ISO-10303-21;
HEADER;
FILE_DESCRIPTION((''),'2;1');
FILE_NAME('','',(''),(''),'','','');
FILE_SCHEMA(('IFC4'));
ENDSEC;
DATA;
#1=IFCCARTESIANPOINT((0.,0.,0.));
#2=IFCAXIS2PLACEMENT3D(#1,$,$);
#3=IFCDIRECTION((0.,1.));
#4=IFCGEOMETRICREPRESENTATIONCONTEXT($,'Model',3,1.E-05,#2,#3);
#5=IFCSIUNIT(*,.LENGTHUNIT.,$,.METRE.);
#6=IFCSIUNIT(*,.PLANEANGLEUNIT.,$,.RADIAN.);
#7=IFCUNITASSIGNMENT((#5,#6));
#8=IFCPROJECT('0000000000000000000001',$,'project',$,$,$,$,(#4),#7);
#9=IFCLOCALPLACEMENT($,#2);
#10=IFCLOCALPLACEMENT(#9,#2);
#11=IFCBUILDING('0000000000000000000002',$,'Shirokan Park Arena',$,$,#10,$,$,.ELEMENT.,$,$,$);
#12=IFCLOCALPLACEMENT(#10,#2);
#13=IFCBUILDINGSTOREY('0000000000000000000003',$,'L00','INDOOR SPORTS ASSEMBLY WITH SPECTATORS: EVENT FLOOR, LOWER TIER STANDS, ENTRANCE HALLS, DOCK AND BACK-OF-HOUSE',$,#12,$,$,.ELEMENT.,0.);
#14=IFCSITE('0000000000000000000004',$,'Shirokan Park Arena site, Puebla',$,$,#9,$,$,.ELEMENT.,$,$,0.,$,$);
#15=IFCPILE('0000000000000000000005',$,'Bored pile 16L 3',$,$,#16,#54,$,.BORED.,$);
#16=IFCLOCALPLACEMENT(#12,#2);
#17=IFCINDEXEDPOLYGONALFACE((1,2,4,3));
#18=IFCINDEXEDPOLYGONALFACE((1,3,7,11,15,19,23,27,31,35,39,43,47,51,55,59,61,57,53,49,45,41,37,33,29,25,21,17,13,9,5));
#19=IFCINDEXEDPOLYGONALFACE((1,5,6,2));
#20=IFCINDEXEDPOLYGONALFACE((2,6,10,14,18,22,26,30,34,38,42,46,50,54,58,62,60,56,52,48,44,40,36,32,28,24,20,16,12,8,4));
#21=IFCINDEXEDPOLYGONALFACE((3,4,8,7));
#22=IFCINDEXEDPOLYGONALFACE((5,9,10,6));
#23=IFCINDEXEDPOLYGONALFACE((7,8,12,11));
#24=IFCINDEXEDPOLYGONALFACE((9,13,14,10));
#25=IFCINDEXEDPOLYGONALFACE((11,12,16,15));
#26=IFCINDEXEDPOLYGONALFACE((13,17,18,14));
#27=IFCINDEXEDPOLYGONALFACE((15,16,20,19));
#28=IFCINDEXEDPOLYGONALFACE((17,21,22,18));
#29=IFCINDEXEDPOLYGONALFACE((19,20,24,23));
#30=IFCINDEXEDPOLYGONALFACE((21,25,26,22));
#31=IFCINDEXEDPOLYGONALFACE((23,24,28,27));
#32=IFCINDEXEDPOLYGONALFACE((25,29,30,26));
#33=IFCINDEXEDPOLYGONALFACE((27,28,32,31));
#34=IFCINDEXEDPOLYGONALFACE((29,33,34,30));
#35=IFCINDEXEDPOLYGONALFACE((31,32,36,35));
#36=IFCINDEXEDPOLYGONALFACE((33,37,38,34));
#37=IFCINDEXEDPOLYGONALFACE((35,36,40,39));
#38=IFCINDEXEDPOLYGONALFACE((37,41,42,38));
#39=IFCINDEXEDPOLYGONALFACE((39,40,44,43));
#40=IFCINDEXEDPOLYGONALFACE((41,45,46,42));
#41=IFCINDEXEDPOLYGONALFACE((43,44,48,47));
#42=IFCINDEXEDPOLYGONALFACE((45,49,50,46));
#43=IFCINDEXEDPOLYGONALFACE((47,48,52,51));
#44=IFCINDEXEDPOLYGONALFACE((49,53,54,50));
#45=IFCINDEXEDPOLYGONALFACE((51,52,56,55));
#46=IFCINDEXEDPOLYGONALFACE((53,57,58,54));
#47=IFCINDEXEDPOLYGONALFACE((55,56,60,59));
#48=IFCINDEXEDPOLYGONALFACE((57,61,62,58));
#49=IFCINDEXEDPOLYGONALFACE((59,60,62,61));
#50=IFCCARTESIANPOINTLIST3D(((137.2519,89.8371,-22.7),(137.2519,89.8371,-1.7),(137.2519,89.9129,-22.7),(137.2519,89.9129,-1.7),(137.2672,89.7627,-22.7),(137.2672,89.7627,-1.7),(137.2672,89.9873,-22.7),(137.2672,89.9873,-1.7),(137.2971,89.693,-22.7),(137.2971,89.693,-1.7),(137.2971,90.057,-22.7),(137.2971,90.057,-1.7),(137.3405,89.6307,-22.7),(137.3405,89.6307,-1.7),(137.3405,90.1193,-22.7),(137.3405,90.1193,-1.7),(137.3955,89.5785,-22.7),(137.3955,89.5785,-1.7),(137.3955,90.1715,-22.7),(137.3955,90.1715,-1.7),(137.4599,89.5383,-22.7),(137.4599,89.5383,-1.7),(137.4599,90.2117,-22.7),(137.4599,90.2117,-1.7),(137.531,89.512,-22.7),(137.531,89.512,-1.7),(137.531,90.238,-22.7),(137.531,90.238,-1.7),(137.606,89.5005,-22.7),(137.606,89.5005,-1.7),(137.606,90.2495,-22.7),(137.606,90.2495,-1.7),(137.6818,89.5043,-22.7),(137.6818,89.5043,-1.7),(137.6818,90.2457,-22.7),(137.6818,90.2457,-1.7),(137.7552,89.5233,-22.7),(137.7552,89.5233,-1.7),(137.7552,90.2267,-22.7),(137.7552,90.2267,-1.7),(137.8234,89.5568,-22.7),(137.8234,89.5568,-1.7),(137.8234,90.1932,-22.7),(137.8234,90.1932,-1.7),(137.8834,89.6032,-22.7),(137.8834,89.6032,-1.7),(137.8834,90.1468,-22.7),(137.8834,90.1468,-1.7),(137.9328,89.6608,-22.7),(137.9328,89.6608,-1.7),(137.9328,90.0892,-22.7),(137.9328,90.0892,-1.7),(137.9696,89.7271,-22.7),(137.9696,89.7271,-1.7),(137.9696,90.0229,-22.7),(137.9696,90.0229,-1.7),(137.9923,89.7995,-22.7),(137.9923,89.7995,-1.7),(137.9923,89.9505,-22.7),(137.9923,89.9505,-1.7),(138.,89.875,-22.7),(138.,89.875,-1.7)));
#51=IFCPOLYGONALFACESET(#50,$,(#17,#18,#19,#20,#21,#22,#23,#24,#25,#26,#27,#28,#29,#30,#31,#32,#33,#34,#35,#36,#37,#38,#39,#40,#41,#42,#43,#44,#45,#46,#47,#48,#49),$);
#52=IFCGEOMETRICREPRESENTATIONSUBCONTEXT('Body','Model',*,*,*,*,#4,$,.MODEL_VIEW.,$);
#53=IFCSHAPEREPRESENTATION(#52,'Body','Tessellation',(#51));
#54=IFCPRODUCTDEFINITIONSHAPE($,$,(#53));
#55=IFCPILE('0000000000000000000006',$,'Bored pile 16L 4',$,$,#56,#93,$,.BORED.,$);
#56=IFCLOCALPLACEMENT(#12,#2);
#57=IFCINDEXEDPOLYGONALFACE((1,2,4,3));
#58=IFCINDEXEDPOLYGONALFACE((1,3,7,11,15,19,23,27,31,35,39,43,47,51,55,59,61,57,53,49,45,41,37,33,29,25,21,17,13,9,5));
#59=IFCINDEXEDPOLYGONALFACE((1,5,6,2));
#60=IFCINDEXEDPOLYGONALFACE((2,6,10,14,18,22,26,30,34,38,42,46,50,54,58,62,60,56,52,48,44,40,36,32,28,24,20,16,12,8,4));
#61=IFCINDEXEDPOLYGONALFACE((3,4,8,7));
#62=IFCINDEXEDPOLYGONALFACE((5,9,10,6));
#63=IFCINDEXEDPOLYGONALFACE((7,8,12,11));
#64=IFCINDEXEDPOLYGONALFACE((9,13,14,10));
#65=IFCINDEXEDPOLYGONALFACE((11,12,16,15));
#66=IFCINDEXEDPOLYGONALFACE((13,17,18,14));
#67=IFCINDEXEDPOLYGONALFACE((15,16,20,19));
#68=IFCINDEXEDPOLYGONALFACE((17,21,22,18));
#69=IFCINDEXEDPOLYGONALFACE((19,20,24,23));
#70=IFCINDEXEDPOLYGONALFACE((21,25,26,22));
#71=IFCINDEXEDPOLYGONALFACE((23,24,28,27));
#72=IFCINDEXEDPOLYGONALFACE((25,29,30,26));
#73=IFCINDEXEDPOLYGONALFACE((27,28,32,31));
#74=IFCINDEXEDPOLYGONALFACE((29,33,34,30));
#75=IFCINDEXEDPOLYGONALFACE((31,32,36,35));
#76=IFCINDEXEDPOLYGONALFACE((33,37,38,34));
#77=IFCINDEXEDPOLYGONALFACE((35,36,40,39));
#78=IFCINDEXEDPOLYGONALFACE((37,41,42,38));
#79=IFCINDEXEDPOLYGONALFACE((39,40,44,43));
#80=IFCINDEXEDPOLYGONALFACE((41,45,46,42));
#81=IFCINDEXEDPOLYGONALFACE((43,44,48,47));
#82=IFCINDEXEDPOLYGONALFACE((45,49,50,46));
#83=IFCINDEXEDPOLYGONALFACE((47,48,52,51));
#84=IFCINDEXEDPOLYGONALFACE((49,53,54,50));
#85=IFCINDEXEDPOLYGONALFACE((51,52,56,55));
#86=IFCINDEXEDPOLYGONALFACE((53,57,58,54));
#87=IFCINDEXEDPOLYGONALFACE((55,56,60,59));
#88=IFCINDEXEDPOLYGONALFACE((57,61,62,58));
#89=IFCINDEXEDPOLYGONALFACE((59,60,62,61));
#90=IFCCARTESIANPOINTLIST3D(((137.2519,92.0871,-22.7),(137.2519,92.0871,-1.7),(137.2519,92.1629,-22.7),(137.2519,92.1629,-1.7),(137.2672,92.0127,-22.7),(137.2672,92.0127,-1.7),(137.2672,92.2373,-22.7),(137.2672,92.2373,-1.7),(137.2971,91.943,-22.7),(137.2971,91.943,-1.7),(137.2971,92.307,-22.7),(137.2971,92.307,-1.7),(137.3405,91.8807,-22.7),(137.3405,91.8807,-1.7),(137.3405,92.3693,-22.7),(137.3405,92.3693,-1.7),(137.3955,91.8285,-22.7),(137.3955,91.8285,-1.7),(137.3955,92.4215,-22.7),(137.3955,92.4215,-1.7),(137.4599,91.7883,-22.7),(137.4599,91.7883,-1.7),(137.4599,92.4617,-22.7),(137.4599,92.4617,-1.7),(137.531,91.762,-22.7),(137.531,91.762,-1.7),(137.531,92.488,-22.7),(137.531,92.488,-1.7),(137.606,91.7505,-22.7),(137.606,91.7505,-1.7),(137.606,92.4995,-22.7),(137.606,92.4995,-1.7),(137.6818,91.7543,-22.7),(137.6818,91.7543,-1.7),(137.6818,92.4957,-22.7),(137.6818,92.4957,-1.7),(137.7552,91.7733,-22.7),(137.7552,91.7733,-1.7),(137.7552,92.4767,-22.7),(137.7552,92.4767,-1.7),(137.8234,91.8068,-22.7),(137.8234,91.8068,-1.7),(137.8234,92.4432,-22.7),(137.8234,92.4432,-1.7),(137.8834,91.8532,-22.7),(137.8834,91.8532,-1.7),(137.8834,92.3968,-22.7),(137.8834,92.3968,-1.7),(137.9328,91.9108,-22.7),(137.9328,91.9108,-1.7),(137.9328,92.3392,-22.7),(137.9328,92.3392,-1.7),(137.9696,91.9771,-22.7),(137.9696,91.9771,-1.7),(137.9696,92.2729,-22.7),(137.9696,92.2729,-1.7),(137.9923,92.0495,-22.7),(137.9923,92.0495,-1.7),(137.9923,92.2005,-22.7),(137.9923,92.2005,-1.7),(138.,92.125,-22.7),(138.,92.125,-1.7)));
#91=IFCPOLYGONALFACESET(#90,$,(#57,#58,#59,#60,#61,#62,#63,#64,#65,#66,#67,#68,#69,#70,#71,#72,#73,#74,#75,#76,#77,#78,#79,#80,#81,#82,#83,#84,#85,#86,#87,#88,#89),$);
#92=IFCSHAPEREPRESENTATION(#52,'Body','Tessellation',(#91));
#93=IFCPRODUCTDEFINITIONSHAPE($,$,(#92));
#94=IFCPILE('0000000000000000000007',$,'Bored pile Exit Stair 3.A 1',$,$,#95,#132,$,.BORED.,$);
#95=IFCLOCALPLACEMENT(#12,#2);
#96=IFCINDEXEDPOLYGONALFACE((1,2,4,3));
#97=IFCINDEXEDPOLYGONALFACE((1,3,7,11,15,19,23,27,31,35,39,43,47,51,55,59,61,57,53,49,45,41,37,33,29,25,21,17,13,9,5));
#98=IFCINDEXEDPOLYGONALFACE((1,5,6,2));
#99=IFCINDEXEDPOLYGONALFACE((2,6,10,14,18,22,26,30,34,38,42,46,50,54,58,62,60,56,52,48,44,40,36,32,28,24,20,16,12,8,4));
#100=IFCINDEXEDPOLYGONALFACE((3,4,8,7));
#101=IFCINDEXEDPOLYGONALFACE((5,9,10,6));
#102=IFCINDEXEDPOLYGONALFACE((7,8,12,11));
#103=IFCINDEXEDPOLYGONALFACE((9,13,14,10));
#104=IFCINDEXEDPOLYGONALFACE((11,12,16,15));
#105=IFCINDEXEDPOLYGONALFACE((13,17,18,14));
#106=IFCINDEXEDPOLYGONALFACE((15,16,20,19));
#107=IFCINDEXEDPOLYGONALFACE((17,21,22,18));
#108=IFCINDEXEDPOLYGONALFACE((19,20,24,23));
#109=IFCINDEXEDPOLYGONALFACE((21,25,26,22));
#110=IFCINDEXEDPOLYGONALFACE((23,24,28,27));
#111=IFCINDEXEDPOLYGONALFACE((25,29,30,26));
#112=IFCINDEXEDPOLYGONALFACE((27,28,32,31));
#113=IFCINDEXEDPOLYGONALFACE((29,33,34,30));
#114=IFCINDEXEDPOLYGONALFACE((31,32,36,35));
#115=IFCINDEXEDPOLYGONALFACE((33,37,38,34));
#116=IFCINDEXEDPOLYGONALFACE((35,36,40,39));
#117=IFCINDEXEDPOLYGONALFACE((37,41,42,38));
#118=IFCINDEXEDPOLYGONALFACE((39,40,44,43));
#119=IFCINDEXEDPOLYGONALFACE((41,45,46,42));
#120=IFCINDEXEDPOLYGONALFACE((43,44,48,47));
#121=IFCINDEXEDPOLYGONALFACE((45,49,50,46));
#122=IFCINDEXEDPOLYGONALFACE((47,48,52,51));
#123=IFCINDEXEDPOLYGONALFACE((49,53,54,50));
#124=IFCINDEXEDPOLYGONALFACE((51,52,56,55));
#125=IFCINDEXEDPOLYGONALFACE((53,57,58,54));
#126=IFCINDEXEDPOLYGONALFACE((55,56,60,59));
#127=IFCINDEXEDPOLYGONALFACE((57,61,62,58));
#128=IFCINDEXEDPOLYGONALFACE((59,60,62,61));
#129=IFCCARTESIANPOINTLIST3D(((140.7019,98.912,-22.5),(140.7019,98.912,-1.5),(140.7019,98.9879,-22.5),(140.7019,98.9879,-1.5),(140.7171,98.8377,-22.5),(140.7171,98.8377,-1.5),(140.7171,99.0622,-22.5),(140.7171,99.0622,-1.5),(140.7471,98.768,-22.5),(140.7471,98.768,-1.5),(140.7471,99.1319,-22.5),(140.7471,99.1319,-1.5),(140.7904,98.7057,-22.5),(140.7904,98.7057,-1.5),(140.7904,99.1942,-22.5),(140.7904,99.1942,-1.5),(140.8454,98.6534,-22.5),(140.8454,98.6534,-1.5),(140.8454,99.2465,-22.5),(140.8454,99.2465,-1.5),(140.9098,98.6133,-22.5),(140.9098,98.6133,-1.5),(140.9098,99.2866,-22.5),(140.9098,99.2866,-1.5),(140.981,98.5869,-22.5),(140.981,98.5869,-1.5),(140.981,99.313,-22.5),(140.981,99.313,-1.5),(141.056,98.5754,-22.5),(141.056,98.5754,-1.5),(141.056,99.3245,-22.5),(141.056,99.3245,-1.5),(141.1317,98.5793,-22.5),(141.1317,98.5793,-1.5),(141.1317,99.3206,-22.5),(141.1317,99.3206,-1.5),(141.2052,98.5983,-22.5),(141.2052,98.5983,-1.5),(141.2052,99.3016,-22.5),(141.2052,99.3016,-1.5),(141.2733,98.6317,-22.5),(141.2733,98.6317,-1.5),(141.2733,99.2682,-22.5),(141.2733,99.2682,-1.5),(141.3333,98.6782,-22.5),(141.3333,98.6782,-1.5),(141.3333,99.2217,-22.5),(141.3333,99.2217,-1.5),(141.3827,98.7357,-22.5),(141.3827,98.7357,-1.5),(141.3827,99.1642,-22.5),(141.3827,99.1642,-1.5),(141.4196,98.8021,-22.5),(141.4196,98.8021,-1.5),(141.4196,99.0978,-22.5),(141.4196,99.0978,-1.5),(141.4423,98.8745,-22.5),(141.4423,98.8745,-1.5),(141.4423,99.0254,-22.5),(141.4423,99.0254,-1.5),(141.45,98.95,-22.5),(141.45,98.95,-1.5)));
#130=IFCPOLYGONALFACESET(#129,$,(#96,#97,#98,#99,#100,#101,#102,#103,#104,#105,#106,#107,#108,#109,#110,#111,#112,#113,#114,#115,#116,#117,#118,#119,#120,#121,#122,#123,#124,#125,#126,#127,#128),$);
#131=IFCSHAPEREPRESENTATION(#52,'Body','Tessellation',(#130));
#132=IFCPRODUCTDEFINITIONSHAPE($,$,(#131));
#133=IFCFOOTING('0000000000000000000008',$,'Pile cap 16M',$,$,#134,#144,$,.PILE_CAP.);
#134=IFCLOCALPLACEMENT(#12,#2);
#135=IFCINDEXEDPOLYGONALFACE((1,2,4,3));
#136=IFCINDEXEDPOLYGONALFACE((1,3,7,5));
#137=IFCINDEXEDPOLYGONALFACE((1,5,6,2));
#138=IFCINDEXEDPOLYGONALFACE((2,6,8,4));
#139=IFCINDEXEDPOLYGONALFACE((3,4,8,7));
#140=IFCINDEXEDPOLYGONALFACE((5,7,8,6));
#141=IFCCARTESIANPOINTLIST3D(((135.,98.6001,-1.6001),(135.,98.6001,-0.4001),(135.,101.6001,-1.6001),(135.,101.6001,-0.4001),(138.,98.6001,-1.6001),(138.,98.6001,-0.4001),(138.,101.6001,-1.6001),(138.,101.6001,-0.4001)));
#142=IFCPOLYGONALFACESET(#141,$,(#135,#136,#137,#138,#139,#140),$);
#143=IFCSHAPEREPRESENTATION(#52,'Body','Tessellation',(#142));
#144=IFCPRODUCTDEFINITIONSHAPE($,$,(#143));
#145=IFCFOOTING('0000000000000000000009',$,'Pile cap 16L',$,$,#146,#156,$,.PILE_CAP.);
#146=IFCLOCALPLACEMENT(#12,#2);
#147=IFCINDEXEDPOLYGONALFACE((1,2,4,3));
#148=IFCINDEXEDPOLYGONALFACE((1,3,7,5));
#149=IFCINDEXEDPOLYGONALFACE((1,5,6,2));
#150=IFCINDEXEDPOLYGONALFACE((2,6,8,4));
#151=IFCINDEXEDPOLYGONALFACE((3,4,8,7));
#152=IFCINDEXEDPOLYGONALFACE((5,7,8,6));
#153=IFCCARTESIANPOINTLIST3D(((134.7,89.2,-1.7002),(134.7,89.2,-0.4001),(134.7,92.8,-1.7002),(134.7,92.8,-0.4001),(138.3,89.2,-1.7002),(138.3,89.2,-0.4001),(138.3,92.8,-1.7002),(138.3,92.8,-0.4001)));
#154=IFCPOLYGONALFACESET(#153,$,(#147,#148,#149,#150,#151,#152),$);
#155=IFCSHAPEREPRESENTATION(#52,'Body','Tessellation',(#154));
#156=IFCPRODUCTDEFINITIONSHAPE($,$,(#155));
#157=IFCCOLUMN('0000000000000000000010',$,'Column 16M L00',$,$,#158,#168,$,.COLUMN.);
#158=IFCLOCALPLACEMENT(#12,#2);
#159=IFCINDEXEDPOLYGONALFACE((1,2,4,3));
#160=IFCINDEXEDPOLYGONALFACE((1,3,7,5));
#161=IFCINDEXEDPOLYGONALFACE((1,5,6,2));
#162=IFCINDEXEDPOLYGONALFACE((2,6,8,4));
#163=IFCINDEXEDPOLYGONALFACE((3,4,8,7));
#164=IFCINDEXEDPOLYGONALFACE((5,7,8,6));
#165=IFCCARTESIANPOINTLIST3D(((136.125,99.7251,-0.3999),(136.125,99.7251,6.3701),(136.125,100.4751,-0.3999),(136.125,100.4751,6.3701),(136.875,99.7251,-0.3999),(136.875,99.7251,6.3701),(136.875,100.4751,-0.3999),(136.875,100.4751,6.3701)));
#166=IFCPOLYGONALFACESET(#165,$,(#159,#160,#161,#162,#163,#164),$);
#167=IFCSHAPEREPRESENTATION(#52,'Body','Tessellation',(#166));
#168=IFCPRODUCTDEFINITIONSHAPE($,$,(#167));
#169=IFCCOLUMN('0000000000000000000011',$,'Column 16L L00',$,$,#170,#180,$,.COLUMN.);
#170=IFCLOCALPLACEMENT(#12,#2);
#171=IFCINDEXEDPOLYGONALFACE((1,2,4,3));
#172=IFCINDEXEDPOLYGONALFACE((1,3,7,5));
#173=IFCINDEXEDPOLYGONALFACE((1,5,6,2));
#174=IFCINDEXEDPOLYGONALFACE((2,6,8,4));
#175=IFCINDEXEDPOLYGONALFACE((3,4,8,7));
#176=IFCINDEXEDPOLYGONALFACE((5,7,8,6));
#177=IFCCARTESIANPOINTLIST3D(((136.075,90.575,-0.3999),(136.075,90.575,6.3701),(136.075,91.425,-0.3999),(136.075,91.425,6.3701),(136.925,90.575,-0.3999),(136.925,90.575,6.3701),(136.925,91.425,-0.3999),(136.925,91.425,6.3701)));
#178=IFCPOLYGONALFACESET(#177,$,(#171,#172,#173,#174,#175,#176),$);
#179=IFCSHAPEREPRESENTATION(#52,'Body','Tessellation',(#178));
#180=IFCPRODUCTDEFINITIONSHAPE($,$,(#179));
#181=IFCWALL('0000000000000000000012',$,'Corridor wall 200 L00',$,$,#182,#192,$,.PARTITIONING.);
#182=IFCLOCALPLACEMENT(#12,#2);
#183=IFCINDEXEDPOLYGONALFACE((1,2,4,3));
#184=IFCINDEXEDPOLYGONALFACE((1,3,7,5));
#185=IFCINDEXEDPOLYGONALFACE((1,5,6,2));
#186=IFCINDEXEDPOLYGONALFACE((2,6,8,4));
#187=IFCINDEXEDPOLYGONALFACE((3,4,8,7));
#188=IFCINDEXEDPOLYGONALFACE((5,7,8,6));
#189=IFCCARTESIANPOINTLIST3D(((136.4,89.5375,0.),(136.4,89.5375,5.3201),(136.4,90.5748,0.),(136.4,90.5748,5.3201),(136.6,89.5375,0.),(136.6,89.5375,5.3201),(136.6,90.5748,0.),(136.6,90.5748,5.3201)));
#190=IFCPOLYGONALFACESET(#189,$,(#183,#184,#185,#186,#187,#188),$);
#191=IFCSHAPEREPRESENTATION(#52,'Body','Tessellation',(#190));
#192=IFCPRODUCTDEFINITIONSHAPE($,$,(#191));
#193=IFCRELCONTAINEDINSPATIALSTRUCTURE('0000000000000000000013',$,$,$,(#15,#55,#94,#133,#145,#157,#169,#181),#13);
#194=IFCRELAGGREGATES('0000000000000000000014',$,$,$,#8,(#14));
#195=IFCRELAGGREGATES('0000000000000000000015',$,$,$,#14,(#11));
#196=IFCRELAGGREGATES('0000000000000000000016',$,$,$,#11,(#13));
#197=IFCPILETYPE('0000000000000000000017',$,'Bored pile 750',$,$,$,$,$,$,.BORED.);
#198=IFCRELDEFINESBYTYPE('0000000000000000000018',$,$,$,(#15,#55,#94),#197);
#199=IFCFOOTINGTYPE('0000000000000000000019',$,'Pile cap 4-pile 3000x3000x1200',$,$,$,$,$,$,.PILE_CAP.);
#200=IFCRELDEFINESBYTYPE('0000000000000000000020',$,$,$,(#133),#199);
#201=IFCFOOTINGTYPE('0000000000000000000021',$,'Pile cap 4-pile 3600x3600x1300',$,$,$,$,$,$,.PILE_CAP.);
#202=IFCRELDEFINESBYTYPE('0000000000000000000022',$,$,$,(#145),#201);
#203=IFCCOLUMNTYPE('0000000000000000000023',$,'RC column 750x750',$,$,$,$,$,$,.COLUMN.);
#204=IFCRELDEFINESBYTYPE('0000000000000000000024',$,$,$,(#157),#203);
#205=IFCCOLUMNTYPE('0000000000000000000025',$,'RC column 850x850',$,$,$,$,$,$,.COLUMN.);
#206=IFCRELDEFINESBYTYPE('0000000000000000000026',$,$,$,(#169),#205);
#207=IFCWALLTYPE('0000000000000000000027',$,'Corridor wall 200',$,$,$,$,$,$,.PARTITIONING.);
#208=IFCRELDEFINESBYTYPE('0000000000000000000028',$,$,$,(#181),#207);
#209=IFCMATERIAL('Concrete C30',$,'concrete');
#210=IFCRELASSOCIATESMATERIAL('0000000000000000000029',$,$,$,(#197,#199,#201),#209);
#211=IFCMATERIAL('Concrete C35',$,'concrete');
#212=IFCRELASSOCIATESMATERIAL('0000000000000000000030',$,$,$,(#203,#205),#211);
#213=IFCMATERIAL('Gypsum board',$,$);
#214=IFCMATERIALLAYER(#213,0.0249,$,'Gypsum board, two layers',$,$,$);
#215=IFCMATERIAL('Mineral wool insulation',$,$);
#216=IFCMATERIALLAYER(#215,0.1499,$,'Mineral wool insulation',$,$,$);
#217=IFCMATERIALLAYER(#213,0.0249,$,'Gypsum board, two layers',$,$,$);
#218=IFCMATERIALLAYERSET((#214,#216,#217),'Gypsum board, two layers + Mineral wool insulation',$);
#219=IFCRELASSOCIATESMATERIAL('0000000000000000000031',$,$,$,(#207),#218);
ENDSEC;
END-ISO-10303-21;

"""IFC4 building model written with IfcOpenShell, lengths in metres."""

from ifc_helpers import new_model, si_unit, direction, frame, frame_2d, origin, origin_2d, place, context, subcontext, project, spatial, rectangle, circle, extrude, material, layer, layer_set, material_profile, profile_set, type_object, element, save


model = new_model("IFC4")

# Units and contexts
model_context = context("Model", 3, precision=1e-05, world=origin(), true_north=direction((0.0, 1.0)))
body_context = subcontext(model_context, "Body", "Model", "MODEL_VIEW")
ifc_project = project(units=[si_unit("LENGTHUNIT", "METRE"), si_unit("PLANEANGLEUNIT", "RADIAN")], contexts=[model_context])

# Site, building, storey
site_placement = place(None, origin())
site = spatial("IfcSite", under=ifc_project, at=site_placement, Name="Shirokan Park Arena site, Puebla", CompositionType="ELEMENT", RefElevation=0.0)
building_placement = place(site_placement, origin())
building = spatial("IfcBuilding", under=site, at=building_placement, Name="Shirokan Park Arena", CompositionType="ELEMENT")
storey_placement = place(building_placement, origin())
storey = spatial("IfcBuildingStorey", under=building, at=storey_placement, Name="L00", Description="INDOOR SPORTS ASSEMBLY WITH SPECTATORS: EVENT FLOOR, LOWER TIER STANDS, ENTRANCE HALLS, DOCK AND BACK-OF-HOUSE", CompositionType="ELEMENT", Elevation=0.0)

# Piles
ifc_material_1 = material(Name="Concrete C30", Category="concrete")
ifc_material_profile_1 = material_profile(ifc_material_1, circle(Radius=0.375, at=origin_2d()), Name="D750")
ifc_profile_set_1 = profile_set([ifc_material_profile_1], Name="Concrete C30")
pile_type_1 = type_object("IfcPileType", Name="Bored pile 750", PredefinedType="BORED", material=ifc_profile_set_1)
for number, where, z_axis, x_axis, name in (
    (1, (137.625, 89.875, -1.7), (0.0, 0.0, -1.0), (1.0, 0.0, 0.0), "Bored pile 16L 3"),
    (2, (137.625, 92.125, -1.7), (0.0, 0.0, -1.0), (1.0, 0.0, 0.0), "Bored pile 16L 4"),
    (3, (141.075, 98.95, -1.5), (0.0, 0.0, -1.0), (1.0, 0.0, 0.0), "Bored pile Exit Stair 3.A 1"),
):
    element("IfcPile", number, at=place(storey_placement, frame(where, z_axis=z_axis, x_axis=x_axis)), inside=storey, type_object=pile_type_1, Name=name, PredefinedType="BORED", context=body_context, shape_type="SweptSolid", body=[
        extrude(circle(Radius=0.375, at=origin_2d()), origin(), (0.0, 0.0, 1.0), 21.0),
    ])

# Footings
footing_type_1 = type_object("IfcFootingType", Name="Pile cap 4-pile 3000x3000x1200", PredefinedType="PILE_CAP", material=ifc_material_1)
footing_1_placement = place(storey_placement, frame((136.5, 100.1001, -1.6001), z_axis=(0.0, 0.0, 1.0), x_axis=(1.0, 0.0, 0.0)))
element("IfcFooting", 4, at=footing_1_placement, inside=storey, type_object=footing_type_1, Name="Pile cap 16M", PredefinedType="PILE_CAP", context=body_context, shape_type="SweptSolid", body=[
    extrude(rectangle(XDim=3.0, YDim=3.0, at=origin_2d()), origin(), (0.0, 0.0, 1.0), 1.2),
])
footing_type_2 = type_object("IfcFootingType", Name="Pile cap 4-pile 3600x3600x1300", PredefinedType="PILE_CAP", material=ifc_material_1)
footing_2_placement = place(storey_placement, frame((136.5, 91.0, -1.7002), z_axis=(0.0, 0.0, 1.0), x_axis=(1.0, 0.0, 0.0)))
element("IfcFooting", 5, at=footing_2_placement, inside=storey, type_object=footing_type_2, Name="Pile cap 16L", PredefinedType="PILE_CAP", context=body_context, shape_type="SweptSolid", body=[
    extrude(rectangle(XDim=3.6001, YDim=3.6001, at=origin_2d()), origin(), (0.0, 0.0, 1.0), 1.3),
])

# Columns
ifc_material_2 = material(Name="Concrete C35", Category="concrete")
ifc_material_profile_2 = material_profile(ifc_material_2, rectangle(XDim=0.75, YDim=0.75, at=origin_2d()), Name="750x750")
ifc_profile_set_2 = profile_set([ifc_material_profile_2], Name="Concrete C35")
column_type_1 = type_object("IfcColumnType", Name="RC column 750x750", PredefinedType="COLUMN", material=ifc_profile_set_2)
column_1_placement = place(storey_placement, frame((136.5, 100.1001, -0.3999), z_axis=(0.0, 0.0, 1.0), x_axis=(1.0, 0.0, 0.0)))
element("IfcColumn", 6, at=column_1_placement, inside=storey, type_object=column_type_1, Name="Column 16M L00", PredefinedType="COLUMN", context=body_context, shape_type="SweptSolid", body=[
    extrude(rectangle(XDim=0.75, YDim=0.75, at=origin_2d()), origin(), (0.0, 0.0, 1.0), 6.77),
])
ifc_material_profile_3 = material_profile(ifc_material_2, rectangle(XDim=0.8501, YDim=0.8501, at=origin_2d()), Name="850x850")
ifc_profile_set_3 = profile_set([ifc_material_profile_3], Name="Concrete C35")
column_type_2 = type_object("IfcColumnType", Name="RC column 850x850", PredefinedType="COLUMN", material=ifc_profile_set_3)
column_2_placement = place(storey_placement, frame((136.5, 91.0, -0.3999), z_axis=(0.0, 0.0, 1.0), x_axis=(1.0, 0.0, 0.0)))
element("IfcColumn", 7, at=column_2_placement, inside=storey, type_object=column_type_2, Name="Column 16L L00", PredefinedType="COLUMN", context=body_context, shape_type="SweptSolid", body=[
    extrude(rectangle(XDim=0.8501, YDim=0.8501, at=origin_2d()), origin(), (0.0, 0.0, 1.0), 6.77),
])

# Wall
ifc_material_3 = material(Name="Gypsum board")
ifc_layer_1 = layer(ifc_material_3, 0.0249, Name="Gypsum board, two layers")
ifc_material_4 = material(Name="Mineral wool insulation")
ifc_layer_2 = layer(ifc_material_4, 0.1499, Name="Mineral wool insulation")
ifc_layer_3 = layer(ifc_material_3, 0.0249, Name="Gypsum board, two layers")
ifc_layer_set_1 = layer_set([ifc_layer_1, ifc_layer_2, ifc_layer_3], Name="Gypsum board, two layers + Mineral wool insulation")
wall_type_1 = type_object("IfcWallType", Name="Corridor wall 200", PredefinedType="PARTITIONING", material=ifc_layer_set_1)
wall_1_placement = place(storey_placement, frame((136.5, 89.5376, 0.0), z_axis=(0.0, 0.0, 1.0), x_axis=(0.0, 1.0, 0.0)))
element("IfcWall", 8, at=wall_1_placement, inside=storey, type_object=wall_type_1, Name="Corridor wall 200 L00", PredefinedType="PARTITIONING", context=body_context, shape_type="SweptSolid", body=[
    extrude(rectangle(XDim=1.0374, YDim=0.2, at=frame_2d((0.5186, 0.0))), origin(), (0.0, 0.0, 1.0), 5.3201),
])

save(model, "model.ifc")
